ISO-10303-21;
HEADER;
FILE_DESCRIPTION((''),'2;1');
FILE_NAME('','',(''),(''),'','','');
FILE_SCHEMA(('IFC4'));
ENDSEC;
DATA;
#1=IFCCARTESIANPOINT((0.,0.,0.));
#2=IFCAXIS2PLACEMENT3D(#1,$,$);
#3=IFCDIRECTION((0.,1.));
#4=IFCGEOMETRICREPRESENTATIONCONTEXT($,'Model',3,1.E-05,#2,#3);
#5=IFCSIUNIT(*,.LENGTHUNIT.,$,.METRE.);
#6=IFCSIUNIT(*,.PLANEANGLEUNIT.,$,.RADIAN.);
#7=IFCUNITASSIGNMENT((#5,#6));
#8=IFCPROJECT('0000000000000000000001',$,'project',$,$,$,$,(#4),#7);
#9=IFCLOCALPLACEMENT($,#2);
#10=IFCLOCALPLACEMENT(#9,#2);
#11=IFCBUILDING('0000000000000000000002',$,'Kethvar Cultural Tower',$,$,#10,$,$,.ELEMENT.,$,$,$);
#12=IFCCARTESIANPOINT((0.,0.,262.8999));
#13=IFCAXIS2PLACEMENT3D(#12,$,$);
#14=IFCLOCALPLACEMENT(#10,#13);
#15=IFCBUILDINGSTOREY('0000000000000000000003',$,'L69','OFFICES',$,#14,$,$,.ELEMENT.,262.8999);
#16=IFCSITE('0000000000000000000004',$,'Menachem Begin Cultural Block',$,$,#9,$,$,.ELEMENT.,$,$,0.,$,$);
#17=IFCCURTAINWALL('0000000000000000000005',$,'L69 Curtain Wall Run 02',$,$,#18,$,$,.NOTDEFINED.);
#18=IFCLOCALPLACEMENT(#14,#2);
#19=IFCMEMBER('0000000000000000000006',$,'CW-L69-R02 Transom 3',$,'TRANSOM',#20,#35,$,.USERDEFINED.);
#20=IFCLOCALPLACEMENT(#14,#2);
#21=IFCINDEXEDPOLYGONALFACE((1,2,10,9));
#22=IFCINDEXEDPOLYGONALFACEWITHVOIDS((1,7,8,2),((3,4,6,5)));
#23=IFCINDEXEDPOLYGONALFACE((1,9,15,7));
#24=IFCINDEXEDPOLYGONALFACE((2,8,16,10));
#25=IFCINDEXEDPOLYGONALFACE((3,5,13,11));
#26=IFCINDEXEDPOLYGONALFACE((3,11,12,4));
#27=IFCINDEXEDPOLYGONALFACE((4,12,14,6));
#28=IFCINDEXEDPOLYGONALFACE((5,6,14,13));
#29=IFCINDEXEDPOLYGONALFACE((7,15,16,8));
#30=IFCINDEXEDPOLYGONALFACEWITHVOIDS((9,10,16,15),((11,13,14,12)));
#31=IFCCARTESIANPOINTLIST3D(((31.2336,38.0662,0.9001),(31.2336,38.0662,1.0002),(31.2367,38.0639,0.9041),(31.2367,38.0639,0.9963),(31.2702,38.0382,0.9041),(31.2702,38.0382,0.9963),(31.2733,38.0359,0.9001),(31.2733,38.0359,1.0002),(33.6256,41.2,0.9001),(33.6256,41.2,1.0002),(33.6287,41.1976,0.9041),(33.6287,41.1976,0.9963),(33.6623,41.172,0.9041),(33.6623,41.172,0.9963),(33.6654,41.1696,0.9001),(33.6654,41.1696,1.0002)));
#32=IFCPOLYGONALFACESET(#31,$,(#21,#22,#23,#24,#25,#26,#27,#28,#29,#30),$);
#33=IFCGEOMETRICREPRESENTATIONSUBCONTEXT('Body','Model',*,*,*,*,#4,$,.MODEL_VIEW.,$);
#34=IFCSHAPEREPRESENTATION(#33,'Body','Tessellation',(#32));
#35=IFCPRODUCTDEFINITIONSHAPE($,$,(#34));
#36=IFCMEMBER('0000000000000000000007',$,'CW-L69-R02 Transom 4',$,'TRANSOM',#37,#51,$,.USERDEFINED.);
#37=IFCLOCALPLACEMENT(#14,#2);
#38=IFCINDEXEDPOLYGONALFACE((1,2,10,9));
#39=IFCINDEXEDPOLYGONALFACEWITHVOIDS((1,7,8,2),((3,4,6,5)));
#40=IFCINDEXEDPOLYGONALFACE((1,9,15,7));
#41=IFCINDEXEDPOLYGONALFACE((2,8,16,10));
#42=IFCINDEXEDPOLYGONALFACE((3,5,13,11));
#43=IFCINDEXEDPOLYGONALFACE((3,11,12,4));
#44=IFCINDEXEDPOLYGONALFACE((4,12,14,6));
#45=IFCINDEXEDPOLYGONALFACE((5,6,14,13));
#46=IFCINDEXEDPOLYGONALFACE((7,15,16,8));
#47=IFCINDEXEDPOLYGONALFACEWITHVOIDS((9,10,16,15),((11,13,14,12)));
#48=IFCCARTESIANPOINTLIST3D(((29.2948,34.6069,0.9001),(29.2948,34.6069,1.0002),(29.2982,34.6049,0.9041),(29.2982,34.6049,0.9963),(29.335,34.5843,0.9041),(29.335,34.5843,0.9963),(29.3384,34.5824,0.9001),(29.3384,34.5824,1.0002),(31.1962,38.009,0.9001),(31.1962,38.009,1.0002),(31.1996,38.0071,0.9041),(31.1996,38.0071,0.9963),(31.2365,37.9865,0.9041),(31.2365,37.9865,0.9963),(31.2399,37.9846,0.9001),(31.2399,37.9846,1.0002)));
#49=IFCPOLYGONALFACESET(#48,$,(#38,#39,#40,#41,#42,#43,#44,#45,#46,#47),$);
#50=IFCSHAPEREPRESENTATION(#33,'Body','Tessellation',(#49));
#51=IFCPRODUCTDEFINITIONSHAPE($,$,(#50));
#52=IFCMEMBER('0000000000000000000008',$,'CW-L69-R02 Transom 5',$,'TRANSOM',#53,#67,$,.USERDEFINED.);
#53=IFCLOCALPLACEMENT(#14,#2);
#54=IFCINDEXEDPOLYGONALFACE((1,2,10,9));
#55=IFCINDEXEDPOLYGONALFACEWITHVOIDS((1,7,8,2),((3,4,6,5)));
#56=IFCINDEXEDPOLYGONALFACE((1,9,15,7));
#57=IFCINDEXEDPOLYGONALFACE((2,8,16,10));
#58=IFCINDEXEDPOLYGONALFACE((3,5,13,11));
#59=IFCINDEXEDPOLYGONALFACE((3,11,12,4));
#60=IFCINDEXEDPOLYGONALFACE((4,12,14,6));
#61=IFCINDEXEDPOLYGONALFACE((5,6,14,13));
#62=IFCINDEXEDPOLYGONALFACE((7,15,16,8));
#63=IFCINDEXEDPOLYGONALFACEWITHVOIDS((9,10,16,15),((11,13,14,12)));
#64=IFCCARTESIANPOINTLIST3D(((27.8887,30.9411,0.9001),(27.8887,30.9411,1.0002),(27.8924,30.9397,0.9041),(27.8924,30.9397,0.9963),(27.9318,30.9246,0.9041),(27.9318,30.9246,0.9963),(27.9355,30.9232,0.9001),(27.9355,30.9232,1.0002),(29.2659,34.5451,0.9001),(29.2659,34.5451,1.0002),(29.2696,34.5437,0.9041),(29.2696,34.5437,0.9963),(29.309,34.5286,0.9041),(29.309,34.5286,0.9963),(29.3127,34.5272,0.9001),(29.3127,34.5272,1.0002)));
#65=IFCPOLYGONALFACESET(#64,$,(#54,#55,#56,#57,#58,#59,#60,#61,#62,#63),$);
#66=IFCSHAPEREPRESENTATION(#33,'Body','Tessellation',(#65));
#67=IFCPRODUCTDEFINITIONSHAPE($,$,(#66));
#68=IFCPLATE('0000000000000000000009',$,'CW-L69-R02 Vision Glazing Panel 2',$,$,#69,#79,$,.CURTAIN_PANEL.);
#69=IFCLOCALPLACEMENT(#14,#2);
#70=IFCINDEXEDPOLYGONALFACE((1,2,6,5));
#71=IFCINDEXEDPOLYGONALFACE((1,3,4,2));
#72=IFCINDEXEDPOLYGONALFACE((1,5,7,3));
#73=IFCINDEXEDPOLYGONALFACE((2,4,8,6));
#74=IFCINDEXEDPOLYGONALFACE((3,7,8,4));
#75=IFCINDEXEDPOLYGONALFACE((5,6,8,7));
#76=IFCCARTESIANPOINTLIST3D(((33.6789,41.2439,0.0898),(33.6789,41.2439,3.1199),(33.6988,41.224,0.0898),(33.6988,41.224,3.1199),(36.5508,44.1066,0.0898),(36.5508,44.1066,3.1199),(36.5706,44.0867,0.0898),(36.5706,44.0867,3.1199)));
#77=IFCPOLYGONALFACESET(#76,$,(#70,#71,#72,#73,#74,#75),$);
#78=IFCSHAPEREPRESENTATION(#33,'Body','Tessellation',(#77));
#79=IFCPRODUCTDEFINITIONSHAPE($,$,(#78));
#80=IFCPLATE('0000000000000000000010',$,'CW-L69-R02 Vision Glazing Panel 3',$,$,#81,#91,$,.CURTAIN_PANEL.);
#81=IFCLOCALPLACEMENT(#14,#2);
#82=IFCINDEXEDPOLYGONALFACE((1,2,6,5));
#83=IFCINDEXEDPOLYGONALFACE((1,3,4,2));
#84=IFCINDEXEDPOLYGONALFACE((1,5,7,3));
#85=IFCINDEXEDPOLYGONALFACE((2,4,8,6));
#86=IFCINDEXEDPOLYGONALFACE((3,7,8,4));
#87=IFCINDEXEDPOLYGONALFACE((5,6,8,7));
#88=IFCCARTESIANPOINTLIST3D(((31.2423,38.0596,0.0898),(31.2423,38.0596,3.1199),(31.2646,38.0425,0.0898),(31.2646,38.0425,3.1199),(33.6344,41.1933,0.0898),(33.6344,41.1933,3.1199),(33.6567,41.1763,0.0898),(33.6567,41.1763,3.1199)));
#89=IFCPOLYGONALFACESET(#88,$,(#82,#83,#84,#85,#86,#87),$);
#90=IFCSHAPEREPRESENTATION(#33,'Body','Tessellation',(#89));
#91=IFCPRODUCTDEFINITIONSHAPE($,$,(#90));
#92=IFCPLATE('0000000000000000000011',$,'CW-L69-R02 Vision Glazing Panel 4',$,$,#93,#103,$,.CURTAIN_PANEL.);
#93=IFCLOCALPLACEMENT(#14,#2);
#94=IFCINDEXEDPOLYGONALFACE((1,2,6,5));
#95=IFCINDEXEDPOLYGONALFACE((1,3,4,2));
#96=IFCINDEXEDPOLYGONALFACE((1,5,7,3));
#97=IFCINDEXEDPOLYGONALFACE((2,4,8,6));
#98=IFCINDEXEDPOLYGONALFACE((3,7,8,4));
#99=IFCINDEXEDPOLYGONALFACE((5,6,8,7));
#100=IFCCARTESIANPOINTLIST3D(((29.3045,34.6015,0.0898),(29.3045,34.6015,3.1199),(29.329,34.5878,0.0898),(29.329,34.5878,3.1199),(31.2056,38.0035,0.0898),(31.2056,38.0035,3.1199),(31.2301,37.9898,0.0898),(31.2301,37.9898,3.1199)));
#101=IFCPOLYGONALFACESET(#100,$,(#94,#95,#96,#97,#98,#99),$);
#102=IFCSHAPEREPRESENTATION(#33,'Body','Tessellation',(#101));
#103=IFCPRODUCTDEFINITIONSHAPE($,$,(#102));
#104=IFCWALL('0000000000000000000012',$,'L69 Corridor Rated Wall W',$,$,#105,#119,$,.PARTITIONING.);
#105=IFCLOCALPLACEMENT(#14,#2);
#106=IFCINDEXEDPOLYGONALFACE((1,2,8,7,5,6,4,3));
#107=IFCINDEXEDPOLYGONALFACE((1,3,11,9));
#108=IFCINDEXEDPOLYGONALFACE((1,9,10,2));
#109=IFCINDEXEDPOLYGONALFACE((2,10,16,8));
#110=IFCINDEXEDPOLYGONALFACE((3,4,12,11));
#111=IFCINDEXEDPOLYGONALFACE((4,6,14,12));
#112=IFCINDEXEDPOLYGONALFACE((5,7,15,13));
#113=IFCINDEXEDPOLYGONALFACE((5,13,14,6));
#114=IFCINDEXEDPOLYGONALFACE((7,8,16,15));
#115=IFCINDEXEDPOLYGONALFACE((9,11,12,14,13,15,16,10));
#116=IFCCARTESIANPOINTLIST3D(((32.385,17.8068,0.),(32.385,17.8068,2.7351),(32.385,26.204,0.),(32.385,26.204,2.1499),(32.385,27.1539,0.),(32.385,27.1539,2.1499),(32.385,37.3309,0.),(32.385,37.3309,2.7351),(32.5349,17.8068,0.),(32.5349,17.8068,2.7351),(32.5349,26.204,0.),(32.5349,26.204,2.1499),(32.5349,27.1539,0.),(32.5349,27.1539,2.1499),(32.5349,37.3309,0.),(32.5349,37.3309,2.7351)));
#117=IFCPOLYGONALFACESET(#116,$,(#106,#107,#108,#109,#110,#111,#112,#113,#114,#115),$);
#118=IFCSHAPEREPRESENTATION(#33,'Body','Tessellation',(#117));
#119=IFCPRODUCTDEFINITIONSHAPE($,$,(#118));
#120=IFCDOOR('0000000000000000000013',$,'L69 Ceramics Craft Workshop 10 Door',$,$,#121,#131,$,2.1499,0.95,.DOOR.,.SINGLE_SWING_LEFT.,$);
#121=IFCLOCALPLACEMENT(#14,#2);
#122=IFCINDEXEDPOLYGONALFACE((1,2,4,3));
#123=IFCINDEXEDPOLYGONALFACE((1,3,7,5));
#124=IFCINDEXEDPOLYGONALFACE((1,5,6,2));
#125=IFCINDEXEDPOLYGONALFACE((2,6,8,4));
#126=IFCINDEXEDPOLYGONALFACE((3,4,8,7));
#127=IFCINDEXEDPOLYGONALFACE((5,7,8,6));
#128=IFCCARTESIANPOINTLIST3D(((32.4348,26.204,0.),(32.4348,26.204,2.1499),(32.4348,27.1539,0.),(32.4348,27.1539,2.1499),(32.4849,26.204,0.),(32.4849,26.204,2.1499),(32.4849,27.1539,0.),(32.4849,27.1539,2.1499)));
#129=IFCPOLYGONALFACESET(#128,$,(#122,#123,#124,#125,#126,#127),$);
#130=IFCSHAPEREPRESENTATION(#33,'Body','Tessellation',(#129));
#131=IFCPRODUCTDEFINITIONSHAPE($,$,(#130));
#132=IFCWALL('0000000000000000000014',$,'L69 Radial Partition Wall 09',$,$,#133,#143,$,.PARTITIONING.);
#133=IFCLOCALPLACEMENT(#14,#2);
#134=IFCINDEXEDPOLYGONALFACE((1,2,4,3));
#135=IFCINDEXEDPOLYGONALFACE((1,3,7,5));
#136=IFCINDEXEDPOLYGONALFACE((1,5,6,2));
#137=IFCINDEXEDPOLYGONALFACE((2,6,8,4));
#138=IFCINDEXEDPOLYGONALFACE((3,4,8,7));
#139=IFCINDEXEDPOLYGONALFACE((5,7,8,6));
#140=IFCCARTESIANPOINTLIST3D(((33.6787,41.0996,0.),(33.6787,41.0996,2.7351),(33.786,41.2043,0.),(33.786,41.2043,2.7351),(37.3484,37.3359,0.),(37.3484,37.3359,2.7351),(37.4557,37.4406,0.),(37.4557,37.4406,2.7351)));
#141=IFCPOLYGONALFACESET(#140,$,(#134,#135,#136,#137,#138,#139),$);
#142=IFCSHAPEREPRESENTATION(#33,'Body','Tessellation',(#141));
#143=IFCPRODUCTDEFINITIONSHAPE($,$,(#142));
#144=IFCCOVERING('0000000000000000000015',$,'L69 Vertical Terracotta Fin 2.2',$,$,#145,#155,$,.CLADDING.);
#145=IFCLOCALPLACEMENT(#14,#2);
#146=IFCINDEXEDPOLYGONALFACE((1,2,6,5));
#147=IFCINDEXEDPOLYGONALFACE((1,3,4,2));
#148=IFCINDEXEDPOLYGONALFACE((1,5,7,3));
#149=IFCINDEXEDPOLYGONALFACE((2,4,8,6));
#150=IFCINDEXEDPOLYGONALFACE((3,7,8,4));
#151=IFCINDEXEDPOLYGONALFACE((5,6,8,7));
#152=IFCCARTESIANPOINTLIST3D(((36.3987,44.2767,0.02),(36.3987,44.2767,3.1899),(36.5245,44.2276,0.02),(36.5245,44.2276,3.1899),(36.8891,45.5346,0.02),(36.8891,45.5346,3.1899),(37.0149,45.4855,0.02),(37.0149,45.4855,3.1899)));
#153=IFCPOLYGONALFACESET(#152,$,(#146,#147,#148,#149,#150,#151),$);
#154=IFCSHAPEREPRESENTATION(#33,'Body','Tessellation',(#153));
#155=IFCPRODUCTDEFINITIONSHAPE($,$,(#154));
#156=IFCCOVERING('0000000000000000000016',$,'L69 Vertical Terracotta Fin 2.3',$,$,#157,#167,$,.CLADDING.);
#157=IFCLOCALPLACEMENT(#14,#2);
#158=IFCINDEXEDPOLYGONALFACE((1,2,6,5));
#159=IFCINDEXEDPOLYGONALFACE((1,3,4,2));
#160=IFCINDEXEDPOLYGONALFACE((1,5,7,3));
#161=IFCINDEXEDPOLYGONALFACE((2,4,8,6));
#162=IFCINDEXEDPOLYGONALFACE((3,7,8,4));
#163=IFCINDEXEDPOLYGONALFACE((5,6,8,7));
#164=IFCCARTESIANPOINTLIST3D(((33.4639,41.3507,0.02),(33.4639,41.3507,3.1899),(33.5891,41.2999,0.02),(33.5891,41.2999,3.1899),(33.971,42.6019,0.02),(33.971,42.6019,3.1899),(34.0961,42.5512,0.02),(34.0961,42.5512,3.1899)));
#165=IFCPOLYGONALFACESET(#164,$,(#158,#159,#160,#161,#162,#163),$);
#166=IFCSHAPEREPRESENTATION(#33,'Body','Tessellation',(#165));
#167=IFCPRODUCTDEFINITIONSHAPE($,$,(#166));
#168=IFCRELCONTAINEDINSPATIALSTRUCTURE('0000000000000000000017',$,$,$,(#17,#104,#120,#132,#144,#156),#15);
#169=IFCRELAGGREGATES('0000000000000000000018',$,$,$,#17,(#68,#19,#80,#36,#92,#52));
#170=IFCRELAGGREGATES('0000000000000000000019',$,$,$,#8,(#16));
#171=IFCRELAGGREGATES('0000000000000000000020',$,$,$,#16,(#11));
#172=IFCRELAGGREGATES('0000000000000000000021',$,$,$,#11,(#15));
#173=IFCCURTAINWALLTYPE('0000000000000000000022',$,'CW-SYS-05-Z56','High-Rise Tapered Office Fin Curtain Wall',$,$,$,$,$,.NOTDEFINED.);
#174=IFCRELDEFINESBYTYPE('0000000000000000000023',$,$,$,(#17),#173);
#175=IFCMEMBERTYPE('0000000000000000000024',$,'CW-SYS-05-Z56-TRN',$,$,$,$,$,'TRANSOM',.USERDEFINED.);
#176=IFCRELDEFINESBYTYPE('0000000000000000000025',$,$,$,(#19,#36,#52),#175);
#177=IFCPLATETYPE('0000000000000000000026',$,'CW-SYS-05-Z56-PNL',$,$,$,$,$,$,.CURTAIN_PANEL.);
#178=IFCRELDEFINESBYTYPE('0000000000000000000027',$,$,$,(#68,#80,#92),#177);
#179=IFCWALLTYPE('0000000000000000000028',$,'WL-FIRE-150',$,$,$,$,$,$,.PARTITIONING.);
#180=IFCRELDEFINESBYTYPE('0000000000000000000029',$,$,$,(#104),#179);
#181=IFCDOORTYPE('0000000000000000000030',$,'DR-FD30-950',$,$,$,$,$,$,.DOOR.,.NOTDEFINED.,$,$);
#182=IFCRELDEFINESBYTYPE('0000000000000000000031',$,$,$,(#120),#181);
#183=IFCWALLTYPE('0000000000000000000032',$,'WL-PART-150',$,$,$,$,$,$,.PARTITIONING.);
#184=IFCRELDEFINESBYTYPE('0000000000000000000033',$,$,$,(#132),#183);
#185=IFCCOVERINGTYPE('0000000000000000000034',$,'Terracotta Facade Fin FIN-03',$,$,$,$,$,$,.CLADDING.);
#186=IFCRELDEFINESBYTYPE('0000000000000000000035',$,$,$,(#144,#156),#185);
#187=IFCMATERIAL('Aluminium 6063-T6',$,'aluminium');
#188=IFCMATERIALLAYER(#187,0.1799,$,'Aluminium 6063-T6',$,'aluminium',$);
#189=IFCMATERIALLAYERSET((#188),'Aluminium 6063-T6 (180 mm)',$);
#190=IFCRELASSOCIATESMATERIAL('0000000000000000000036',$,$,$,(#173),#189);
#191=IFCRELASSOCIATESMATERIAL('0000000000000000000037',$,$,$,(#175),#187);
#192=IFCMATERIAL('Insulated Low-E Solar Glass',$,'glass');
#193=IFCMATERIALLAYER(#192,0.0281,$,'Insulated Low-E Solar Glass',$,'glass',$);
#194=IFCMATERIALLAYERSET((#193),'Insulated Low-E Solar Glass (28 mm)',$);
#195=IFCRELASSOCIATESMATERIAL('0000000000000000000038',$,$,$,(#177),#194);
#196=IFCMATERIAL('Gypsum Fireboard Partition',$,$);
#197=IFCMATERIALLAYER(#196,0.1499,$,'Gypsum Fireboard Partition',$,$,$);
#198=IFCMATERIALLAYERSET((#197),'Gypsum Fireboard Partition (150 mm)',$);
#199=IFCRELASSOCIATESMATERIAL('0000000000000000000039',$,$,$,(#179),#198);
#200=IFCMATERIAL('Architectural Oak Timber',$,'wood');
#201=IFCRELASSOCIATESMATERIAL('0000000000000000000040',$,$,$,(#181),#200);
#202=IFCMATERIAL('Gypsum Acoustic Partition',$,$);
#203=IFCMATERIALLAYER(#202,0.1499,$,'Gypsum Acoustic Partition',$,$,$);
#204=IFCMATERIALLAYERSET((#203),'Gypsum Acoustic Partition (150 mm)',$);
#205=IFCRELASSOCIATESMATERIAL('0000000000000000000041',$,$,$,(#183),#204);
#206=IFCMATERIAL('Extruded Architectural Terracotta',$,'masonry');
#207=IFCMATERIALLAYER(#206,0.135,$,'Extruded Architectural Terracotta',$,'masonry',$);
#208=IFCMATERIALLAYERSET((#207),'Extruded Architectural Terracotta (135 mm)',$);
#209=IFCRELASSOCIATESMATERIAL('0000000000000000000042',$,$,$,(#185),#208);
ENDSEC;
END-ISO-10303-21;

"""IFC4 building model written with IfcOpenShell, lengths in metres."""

from ifc_helpers import new_model, si_unit, direction, frame, frame_2d, origin, origin_2d, place, context, subcontext, project, spatial, rectangle, hollow_rectangle, extrude, source, transform, mapped, material, layer, layer_set, material_profile, profile_set, type_object, element, fill, aggregate, save


model = new_model("IFC4")

# Units and contexts
model_context = context("Model", 3, precision=1e-05, world=origin(), true_north=direction((0.0, 1.0)))
body_context = subcontext(model_context, "Body", "Model", "MODEL_VIEW")
ifc_project = project(units=[si_unit("LENGTHUNIT", "METRE"), si_unit("PLANEANGLEUNIT", "RADIAN")], contexts=[model_context])

# Site, building, storey
site_placement = place(None, origin())
site = spatial("IfcSite", under=ifc_project, at=site_placement, Name="Menachem Begin Cultural Block", CompositionType="ELEMENT", RefElevation=0.0)
building_placement = place(site_placement, origin())
building = spatial("IfcBuilding", under=site, at=building_placement, Name="Kethvar Cultural Tower", CompositionType="ELEMENT")
storey_placement = place(building_placement, frame((0.0, 0.0, 262.8999)))
storey = spatial("IfcBuildingStorey", under=building, at=storey_placement, Name="L69", Description="OFFICES", CompositionType="ELEMENT", Elevation=262.8999)

# Curtain wall, members, plates
ifc_material_1 = material(Name="Aluminium 6063-T6", Category="aluminium")
ifc_layer_1 = layer(ifc_material_1, 0.1799, Name="Aluminium 6063-T6", Category="aluminium")
ifc_layer_set_1 = layer_set([ifc_layer_1], Name="Aluminium 6063-T6 (180 mm)")
curtain_wall_type = type_object("IfcCurtainWallType", Name="CW-SYS-05-Z56", Description="High-Rise Tapered Office Fin Curtain Wall", PredefinedType="NOTDEFINED", material=ifc_layer_set_1)
curtain_wall_placement = place(storey_placement, origin())
curtain_wall = element("IfcCurtainWall", 1, at=curtain_wall_placement, inside=storey, type_object=curtain_wall_type, Name="L69 Curtain Wall Run 02", PredefinedType="NOTDEFINED")
ifc_material_profile_1 = material_profile(ifc_material_1, hollow_rectangle(XDim=0.05, YDim=0.1001, WallThickness=0.0039, at=origin_2d()), Name="Aluminium 6063-T6 — RHS100x50x4")
ifc_profile_set_1 = profile_set([ifc_material_profile_1], Name="Aluminium 6063-T6 — RHS100x50x4")
member_type_1 = type_object("IfcMemberType", Name="CW-SYS-05-Z56-TRN", ElementType="TRANSOM", PredefinedType="USERDEFINED", material=ifc_profile_set_1)
shared_shape_1 = source(origin(), body_context, "Body", "SweptSolid", [
    extrude(hollow_rectangle(XDim=0.05, YDim=0.1001, WallThickness=0.0039, at=origin_2d()), origin(), (0.0, 0.0, 1.0), 3.9424),
])
member_1_placement = place(storey_placement, frame((33.6455, 41.1848, 0.9502), z_axis=(-0.606756, -0.794888, 0.0), x_axis=(0.794888, -0.606756, 0.0)))
member_1 = element("IfcMember", 2, at=member_1_placement, type_object=member_type_1, Name="CW-L69-R02 Transom 3", ObjectType="TRANSOM", PredefinedType="USERDEFINED", context=body_context, shape_type="MappedRepresentation", body=[
    mapped(shared_shape_1, transform((0.0, 0.0, 0.0), scale=1.0)),
])
shared_shape_2 = source(origin(), body_context, "Body", "SweptSolid", [
    extrude(hollow_rectangle(XDim=0.05, YDim=0.1001, WallThickness=0.0039, at=origin_2d()), origin(), (0.0, 0.0, 1.0), 3.8975),
])
member_2_placement = place(storey_placement, frame((31.218, 37.9968, 0.9502), z_axis=(-0.487859, -0.872922, 0.0), x_axis=(0.872922, -0.487859, 0.0)))
member_2 = element("IfcMember", 3, at=member_2_placement, type_object=member_type_1, Name="CW-L69-R02 Transom 4", ObjectType="TRANSOM", PredefinedType="USERDEFINED", context=body_context, shape_type="MappedRepresentation", body=[
    mapped(shared_shape_2, transform((0.0, 0.0, 0.0), scale=1.0)),
])
shared_shape_3 = source(origin(), body_context, "Body", "SweptSolid", [
    extrude(hollow_rectangle(XDim=0.05, YDim=0.1001, WallThickness=0.0039, at=origin_2d()), origin(), (0.0, 0.0, 1.0), 3.8582),
])
member_3_placement = place(storey_placement, frame((29.2893, 34.5361, 0.9502), z_axis=(-0.356956, -0.934121, 0.0), x_axis=(0.934121, -0.356956, 0.0)))
member_3 = element("IfcMember", 4, at=member_3_placement, type_object=member_type_1, Name="CW-L69-R02 Transom 5", ObjectType="TRANSOM", PredefinedType="USERDEFINED", context=body_context, shape_type="MappedRepresentation", body=[
    mapped(shared_shape_3, transform((0.0, 0.0, 0.0), scale=1.0)),
])
ifc_material_2 = material(Name="Insulated Low-E Solar Glass", Category="glass")
ifc_layer_2 = layer(ifc_material_2, 0.0281, Name="Insulated Low-E Solar Glass", Category="glass")
ifc_layer_set_2 = layer_set([ifc_layer_2], Name="Insulated Low-E Solar Glass (28 mm)")
plate_type = type_object("IfcPlateType", Name="CW-SYS-05-Z56-PNL", PredefinedType="CURTAIN_PANEL", material=ifc_layer_set_2)
shared_shape_4 = source(origin(), body_context, "Body", "SweptSolid", [
    extrude(rectangle(XDim=4.0549, YDim=0.0281, at=origin_2d()), origin(), (0.0, 0.0, 1.0), 3.03),
])
plate_1_placement = place(storey_placement, frame((35.1248, 42.6653, 0.0898), z_axis=(0.0, 0.0, 1.0), x_axis=(-0.708229, -0.705983, 0.0)))
plate_1 = element("IfcPlate", 5, at=plate_1_placement, type_object=plate_type, Name="CW-L69-R02 Vision Glazing Panel 2", PredefinedType="CURTAIN_PANEL", context=body_context, shape_type="MappedRepresentation", body=[
    mapped(shared_shape_4, transform((0.0, 0.0, 0.0), scale=1.0)),
])
shared_shape_5 = source(origin(), body_context, "Body", "SweptSolid", [
    extrude(rectangle(XDim=3.9424, YDim=0.0281, at=origin_2d()), origin(), (0.0, 0.0, 1.0), 3.03),
])
plate_2_placement = place(storey_placement, frame((32.4495, 39.6179, 0.0898), z_axis=(0.0, 0.0, 1.0), x_axis=(-0.606766, -0.794881, 0.0)))
plate_2 = element("IfcPlate", 6, at=plate_2_placement, type_object=plate_type, Name="CW-L69-R02 Vision Glazing Panel 3", PredefinedType="CURTAIN_PANEL", context=body_context, shape_type="MappedRepresentation", body=[
    mapped(shared_shape_5, transform((0.0, 0.0, 0.0), scale=1.0)),
])
shared_shape_6 = source(origin(), body_context, "Body", "SweptSolid", [
    extrude(rectangle(XDim=3.8972, YDim=0.0281, at=origin_2d()), origin(), (0.0, 0.0, 1.0), 3.03),
])
plate_3_placement = place(storey_placement, frame((30.2673, 36.2957, 0.0898), z_axis=(0.0, 0.0, 1.0), x_axis=(-0.487814, -0.872948, 0.0)))
plate_3 = element("IfcPlate", 7, at=plate_3_placement, type_object=plate_type, Name="CW-L69-R02 Vision Glazing Panel 4", PredefinedType="CURTAIN_PANEL", context=body_context, shape_type="MappedRepresentation", body=[
    mapped(shared_shape_6, transform((0.0, 0.0, 0.0), scale=1.0)),
])
aggregate(curtain_wall, [plate_1, member_1, plate_2, member_2, plate_3, member_3])

# Wall, opening, door
ifc_material_3 = material(Name="Gypsum Fireboard Partition")
ifc_layer_3 = layer(ifc_material_3, 0.1499, Name="Gypsum Fireboard Partition")
ifc_layer_set_3 = layer_set([ifc_layer_3], Name="Gypsum Fireboard Partition (150 mm)")
wall_type_1 = type_object("IfcWallType", Name="WL-FIRE-150", PredefinedType="PARTITIONING", material=ifc_layer_set_3)
wall_1_placement = place(storey_placement, frame((32.46, 37.3311, 0.0), z_axis=(0.0, 0.0, 1.0), x_axis=(0.0, -1.0, 0.0)))
wall_1 = element("IfcWall", 8, at=wall_1_placement, inside=storey, type_object=wall_type_1, Name="L69 Corridor Rated Wall W", PredefinedType="PARTITIONING", context=body_context, shape_type="SweptSolid", body=[
    extrude(rectangle(XDim=19.5242, YDim=0.1499, at=frame_2d((9.7622, 0.0))), origin(), (0.0, 0.0, 1.0), 2.7351),
])
opening_placement = place(wall_1_placement, frame((10.177, 0.0, 0.0)))
opening = element("IfcOpeningElement", 9, at=opening_placement, cuts=wall_1, PredefinedType="OPENING", context=body_context, shape_type="SweptSolid", body=[
    extrude(rectangle(XDim=0.95, YDim=2.1499, at=frame_2d((0.4751, 1.075))), frame((0.0, 0.085, 0.0), z_axis=(0.0, -1.0, 0.0), x_axis=(1.0, 0.0, 0.0)), (0.0, 0.0, 1.0), 0.1699),
])
ifc_material_4 = material(Name="Architectural Oak Timber", Category="wood")
door_type = type_object("IfcDoorType", Name="DR-FD30-950", OperationType="NOTDEFINED", PredefinedType="DOOR", material=ifc_material_4)
shared_shape_7 = source(origin(), body_context, "Body", "SweptSolid", [
    extrude(rectangle(XDim=0.95, YDim=2.1499, at=frame_2d((0.4751, 1.075))), frame((0.0, 0.0249, 0.0), z_axis=(0.0, -1.0, 0.0), x_axis=(1.0, 0.0, 0.0)), (0.0, 0.0, 1.0), 0.05),
])
door_placement = place(opening_placement, origin())
door = element("IfcDoor", 10, at=door_placement, inside=storey, type_object=door_type, Name="L69 Ceramics Craft Workshop 10 Door", OperationType="SINGLE_SWING_LEFT", OverallHeight=2.1499, OverallWidth=0.95, PredefinedType="DOOR", context=body_context, shape_type="MappedRepresentation", body=[
    mapped(shared_shape_7, transform((0.0, 0.0, 0.0), scale=1.0)),
])
fill(opening, door)

# Wall
ifc_material_5 = material(Name="Gypsum Acoustic Partition")
ifc_layer_4 = layer(ifc_material_5, 0.1499, Name="Gypsum Acoustic Partition")
ifc_layer_set_4 = layer_set([ifc_layer_4], Name="Gypsum Acoustic Partition (150 mm)")
wall_type_2 = type_object("IfcWallType", Name="WL-PART-150", PredefinedType="PARTITIONING", material=ifc_layer_set_4)
wall_2_placement = place(storey_placement, frame((37.4021, 37.3882, 0.0), z_axis=(0.0, 0.0, 1.0), x_axis=(-0.69811, 0.715991, 0.0)))
element("IfcWall", 11, at=wall_2_placement, inside=storey, type_object=wall_type_2, Name="L69 Radial Partition Wall 09", PredefinedType="PARTITIONING", context=body_context, shape_type="SweptSolid", body=[
    extrude(rectangle(XDim=5.2566, YDim=0.1499, at=frame_2d((2.6284, 0.0))), origin(), (0.0, 0.0, 1.0), 2.7351),
])

# Coverings
ifc_material_6 = material(Name="Extruded Architectural Terracotta", Category="masonry")
ifc_layer_5 = layer(ifc_material_6, 0.135, Name="Extruded Architectural Terracotta", Category="masonry")
ifc_layer_set_5 = layer_set([ifc_layer_5], Name="Extruded Architectural Terracotta (135 mm)")
covering_type = type_object("IfcCoveringType", Name="Terracotta Facade Fin FIN-03", PredefinedType="CLADDING", material=ifc_layer_set_5)
shared_shape_8 = source(origin(), body_context, "Body", "SweptSolid", [
    extrude(rectangle(XDim=1.3501, YDim=0.135, at=origin_2d()), origin(), (0.0, 0.0, 1.0), 3.1699),
])
for number, where, z_axis, x_axis, name in (
    (12, (36.7068, 44.8811, 0.02), (0.0, 0.0, 1.0), (0.363251, 0.931691, 0.0), "L69 Vertical Terracotta Fin 2.2"),
    (13, (33.78, 41.9509, 0.02), (0.0, 0.0, 1.0), (0.375577, 0.926791, 0.0), "L69 Vertical Terracotta Fin 2.3"),
):
    element("IfcCovering", number, at=place(storey_placement, frame(where, z_axis=z_axis, x_axis=x_axis)), inside=storey, type_object=covering_type, Name=name, PredefinedType="CLADDING", context=body_context, shape_type="MappedRepresentation", body=[
        mapped(shared_shape_8, transform((0.0, 0.0, 0.0), scale=1.0)),
    ])

save(model, "model.ifc")
